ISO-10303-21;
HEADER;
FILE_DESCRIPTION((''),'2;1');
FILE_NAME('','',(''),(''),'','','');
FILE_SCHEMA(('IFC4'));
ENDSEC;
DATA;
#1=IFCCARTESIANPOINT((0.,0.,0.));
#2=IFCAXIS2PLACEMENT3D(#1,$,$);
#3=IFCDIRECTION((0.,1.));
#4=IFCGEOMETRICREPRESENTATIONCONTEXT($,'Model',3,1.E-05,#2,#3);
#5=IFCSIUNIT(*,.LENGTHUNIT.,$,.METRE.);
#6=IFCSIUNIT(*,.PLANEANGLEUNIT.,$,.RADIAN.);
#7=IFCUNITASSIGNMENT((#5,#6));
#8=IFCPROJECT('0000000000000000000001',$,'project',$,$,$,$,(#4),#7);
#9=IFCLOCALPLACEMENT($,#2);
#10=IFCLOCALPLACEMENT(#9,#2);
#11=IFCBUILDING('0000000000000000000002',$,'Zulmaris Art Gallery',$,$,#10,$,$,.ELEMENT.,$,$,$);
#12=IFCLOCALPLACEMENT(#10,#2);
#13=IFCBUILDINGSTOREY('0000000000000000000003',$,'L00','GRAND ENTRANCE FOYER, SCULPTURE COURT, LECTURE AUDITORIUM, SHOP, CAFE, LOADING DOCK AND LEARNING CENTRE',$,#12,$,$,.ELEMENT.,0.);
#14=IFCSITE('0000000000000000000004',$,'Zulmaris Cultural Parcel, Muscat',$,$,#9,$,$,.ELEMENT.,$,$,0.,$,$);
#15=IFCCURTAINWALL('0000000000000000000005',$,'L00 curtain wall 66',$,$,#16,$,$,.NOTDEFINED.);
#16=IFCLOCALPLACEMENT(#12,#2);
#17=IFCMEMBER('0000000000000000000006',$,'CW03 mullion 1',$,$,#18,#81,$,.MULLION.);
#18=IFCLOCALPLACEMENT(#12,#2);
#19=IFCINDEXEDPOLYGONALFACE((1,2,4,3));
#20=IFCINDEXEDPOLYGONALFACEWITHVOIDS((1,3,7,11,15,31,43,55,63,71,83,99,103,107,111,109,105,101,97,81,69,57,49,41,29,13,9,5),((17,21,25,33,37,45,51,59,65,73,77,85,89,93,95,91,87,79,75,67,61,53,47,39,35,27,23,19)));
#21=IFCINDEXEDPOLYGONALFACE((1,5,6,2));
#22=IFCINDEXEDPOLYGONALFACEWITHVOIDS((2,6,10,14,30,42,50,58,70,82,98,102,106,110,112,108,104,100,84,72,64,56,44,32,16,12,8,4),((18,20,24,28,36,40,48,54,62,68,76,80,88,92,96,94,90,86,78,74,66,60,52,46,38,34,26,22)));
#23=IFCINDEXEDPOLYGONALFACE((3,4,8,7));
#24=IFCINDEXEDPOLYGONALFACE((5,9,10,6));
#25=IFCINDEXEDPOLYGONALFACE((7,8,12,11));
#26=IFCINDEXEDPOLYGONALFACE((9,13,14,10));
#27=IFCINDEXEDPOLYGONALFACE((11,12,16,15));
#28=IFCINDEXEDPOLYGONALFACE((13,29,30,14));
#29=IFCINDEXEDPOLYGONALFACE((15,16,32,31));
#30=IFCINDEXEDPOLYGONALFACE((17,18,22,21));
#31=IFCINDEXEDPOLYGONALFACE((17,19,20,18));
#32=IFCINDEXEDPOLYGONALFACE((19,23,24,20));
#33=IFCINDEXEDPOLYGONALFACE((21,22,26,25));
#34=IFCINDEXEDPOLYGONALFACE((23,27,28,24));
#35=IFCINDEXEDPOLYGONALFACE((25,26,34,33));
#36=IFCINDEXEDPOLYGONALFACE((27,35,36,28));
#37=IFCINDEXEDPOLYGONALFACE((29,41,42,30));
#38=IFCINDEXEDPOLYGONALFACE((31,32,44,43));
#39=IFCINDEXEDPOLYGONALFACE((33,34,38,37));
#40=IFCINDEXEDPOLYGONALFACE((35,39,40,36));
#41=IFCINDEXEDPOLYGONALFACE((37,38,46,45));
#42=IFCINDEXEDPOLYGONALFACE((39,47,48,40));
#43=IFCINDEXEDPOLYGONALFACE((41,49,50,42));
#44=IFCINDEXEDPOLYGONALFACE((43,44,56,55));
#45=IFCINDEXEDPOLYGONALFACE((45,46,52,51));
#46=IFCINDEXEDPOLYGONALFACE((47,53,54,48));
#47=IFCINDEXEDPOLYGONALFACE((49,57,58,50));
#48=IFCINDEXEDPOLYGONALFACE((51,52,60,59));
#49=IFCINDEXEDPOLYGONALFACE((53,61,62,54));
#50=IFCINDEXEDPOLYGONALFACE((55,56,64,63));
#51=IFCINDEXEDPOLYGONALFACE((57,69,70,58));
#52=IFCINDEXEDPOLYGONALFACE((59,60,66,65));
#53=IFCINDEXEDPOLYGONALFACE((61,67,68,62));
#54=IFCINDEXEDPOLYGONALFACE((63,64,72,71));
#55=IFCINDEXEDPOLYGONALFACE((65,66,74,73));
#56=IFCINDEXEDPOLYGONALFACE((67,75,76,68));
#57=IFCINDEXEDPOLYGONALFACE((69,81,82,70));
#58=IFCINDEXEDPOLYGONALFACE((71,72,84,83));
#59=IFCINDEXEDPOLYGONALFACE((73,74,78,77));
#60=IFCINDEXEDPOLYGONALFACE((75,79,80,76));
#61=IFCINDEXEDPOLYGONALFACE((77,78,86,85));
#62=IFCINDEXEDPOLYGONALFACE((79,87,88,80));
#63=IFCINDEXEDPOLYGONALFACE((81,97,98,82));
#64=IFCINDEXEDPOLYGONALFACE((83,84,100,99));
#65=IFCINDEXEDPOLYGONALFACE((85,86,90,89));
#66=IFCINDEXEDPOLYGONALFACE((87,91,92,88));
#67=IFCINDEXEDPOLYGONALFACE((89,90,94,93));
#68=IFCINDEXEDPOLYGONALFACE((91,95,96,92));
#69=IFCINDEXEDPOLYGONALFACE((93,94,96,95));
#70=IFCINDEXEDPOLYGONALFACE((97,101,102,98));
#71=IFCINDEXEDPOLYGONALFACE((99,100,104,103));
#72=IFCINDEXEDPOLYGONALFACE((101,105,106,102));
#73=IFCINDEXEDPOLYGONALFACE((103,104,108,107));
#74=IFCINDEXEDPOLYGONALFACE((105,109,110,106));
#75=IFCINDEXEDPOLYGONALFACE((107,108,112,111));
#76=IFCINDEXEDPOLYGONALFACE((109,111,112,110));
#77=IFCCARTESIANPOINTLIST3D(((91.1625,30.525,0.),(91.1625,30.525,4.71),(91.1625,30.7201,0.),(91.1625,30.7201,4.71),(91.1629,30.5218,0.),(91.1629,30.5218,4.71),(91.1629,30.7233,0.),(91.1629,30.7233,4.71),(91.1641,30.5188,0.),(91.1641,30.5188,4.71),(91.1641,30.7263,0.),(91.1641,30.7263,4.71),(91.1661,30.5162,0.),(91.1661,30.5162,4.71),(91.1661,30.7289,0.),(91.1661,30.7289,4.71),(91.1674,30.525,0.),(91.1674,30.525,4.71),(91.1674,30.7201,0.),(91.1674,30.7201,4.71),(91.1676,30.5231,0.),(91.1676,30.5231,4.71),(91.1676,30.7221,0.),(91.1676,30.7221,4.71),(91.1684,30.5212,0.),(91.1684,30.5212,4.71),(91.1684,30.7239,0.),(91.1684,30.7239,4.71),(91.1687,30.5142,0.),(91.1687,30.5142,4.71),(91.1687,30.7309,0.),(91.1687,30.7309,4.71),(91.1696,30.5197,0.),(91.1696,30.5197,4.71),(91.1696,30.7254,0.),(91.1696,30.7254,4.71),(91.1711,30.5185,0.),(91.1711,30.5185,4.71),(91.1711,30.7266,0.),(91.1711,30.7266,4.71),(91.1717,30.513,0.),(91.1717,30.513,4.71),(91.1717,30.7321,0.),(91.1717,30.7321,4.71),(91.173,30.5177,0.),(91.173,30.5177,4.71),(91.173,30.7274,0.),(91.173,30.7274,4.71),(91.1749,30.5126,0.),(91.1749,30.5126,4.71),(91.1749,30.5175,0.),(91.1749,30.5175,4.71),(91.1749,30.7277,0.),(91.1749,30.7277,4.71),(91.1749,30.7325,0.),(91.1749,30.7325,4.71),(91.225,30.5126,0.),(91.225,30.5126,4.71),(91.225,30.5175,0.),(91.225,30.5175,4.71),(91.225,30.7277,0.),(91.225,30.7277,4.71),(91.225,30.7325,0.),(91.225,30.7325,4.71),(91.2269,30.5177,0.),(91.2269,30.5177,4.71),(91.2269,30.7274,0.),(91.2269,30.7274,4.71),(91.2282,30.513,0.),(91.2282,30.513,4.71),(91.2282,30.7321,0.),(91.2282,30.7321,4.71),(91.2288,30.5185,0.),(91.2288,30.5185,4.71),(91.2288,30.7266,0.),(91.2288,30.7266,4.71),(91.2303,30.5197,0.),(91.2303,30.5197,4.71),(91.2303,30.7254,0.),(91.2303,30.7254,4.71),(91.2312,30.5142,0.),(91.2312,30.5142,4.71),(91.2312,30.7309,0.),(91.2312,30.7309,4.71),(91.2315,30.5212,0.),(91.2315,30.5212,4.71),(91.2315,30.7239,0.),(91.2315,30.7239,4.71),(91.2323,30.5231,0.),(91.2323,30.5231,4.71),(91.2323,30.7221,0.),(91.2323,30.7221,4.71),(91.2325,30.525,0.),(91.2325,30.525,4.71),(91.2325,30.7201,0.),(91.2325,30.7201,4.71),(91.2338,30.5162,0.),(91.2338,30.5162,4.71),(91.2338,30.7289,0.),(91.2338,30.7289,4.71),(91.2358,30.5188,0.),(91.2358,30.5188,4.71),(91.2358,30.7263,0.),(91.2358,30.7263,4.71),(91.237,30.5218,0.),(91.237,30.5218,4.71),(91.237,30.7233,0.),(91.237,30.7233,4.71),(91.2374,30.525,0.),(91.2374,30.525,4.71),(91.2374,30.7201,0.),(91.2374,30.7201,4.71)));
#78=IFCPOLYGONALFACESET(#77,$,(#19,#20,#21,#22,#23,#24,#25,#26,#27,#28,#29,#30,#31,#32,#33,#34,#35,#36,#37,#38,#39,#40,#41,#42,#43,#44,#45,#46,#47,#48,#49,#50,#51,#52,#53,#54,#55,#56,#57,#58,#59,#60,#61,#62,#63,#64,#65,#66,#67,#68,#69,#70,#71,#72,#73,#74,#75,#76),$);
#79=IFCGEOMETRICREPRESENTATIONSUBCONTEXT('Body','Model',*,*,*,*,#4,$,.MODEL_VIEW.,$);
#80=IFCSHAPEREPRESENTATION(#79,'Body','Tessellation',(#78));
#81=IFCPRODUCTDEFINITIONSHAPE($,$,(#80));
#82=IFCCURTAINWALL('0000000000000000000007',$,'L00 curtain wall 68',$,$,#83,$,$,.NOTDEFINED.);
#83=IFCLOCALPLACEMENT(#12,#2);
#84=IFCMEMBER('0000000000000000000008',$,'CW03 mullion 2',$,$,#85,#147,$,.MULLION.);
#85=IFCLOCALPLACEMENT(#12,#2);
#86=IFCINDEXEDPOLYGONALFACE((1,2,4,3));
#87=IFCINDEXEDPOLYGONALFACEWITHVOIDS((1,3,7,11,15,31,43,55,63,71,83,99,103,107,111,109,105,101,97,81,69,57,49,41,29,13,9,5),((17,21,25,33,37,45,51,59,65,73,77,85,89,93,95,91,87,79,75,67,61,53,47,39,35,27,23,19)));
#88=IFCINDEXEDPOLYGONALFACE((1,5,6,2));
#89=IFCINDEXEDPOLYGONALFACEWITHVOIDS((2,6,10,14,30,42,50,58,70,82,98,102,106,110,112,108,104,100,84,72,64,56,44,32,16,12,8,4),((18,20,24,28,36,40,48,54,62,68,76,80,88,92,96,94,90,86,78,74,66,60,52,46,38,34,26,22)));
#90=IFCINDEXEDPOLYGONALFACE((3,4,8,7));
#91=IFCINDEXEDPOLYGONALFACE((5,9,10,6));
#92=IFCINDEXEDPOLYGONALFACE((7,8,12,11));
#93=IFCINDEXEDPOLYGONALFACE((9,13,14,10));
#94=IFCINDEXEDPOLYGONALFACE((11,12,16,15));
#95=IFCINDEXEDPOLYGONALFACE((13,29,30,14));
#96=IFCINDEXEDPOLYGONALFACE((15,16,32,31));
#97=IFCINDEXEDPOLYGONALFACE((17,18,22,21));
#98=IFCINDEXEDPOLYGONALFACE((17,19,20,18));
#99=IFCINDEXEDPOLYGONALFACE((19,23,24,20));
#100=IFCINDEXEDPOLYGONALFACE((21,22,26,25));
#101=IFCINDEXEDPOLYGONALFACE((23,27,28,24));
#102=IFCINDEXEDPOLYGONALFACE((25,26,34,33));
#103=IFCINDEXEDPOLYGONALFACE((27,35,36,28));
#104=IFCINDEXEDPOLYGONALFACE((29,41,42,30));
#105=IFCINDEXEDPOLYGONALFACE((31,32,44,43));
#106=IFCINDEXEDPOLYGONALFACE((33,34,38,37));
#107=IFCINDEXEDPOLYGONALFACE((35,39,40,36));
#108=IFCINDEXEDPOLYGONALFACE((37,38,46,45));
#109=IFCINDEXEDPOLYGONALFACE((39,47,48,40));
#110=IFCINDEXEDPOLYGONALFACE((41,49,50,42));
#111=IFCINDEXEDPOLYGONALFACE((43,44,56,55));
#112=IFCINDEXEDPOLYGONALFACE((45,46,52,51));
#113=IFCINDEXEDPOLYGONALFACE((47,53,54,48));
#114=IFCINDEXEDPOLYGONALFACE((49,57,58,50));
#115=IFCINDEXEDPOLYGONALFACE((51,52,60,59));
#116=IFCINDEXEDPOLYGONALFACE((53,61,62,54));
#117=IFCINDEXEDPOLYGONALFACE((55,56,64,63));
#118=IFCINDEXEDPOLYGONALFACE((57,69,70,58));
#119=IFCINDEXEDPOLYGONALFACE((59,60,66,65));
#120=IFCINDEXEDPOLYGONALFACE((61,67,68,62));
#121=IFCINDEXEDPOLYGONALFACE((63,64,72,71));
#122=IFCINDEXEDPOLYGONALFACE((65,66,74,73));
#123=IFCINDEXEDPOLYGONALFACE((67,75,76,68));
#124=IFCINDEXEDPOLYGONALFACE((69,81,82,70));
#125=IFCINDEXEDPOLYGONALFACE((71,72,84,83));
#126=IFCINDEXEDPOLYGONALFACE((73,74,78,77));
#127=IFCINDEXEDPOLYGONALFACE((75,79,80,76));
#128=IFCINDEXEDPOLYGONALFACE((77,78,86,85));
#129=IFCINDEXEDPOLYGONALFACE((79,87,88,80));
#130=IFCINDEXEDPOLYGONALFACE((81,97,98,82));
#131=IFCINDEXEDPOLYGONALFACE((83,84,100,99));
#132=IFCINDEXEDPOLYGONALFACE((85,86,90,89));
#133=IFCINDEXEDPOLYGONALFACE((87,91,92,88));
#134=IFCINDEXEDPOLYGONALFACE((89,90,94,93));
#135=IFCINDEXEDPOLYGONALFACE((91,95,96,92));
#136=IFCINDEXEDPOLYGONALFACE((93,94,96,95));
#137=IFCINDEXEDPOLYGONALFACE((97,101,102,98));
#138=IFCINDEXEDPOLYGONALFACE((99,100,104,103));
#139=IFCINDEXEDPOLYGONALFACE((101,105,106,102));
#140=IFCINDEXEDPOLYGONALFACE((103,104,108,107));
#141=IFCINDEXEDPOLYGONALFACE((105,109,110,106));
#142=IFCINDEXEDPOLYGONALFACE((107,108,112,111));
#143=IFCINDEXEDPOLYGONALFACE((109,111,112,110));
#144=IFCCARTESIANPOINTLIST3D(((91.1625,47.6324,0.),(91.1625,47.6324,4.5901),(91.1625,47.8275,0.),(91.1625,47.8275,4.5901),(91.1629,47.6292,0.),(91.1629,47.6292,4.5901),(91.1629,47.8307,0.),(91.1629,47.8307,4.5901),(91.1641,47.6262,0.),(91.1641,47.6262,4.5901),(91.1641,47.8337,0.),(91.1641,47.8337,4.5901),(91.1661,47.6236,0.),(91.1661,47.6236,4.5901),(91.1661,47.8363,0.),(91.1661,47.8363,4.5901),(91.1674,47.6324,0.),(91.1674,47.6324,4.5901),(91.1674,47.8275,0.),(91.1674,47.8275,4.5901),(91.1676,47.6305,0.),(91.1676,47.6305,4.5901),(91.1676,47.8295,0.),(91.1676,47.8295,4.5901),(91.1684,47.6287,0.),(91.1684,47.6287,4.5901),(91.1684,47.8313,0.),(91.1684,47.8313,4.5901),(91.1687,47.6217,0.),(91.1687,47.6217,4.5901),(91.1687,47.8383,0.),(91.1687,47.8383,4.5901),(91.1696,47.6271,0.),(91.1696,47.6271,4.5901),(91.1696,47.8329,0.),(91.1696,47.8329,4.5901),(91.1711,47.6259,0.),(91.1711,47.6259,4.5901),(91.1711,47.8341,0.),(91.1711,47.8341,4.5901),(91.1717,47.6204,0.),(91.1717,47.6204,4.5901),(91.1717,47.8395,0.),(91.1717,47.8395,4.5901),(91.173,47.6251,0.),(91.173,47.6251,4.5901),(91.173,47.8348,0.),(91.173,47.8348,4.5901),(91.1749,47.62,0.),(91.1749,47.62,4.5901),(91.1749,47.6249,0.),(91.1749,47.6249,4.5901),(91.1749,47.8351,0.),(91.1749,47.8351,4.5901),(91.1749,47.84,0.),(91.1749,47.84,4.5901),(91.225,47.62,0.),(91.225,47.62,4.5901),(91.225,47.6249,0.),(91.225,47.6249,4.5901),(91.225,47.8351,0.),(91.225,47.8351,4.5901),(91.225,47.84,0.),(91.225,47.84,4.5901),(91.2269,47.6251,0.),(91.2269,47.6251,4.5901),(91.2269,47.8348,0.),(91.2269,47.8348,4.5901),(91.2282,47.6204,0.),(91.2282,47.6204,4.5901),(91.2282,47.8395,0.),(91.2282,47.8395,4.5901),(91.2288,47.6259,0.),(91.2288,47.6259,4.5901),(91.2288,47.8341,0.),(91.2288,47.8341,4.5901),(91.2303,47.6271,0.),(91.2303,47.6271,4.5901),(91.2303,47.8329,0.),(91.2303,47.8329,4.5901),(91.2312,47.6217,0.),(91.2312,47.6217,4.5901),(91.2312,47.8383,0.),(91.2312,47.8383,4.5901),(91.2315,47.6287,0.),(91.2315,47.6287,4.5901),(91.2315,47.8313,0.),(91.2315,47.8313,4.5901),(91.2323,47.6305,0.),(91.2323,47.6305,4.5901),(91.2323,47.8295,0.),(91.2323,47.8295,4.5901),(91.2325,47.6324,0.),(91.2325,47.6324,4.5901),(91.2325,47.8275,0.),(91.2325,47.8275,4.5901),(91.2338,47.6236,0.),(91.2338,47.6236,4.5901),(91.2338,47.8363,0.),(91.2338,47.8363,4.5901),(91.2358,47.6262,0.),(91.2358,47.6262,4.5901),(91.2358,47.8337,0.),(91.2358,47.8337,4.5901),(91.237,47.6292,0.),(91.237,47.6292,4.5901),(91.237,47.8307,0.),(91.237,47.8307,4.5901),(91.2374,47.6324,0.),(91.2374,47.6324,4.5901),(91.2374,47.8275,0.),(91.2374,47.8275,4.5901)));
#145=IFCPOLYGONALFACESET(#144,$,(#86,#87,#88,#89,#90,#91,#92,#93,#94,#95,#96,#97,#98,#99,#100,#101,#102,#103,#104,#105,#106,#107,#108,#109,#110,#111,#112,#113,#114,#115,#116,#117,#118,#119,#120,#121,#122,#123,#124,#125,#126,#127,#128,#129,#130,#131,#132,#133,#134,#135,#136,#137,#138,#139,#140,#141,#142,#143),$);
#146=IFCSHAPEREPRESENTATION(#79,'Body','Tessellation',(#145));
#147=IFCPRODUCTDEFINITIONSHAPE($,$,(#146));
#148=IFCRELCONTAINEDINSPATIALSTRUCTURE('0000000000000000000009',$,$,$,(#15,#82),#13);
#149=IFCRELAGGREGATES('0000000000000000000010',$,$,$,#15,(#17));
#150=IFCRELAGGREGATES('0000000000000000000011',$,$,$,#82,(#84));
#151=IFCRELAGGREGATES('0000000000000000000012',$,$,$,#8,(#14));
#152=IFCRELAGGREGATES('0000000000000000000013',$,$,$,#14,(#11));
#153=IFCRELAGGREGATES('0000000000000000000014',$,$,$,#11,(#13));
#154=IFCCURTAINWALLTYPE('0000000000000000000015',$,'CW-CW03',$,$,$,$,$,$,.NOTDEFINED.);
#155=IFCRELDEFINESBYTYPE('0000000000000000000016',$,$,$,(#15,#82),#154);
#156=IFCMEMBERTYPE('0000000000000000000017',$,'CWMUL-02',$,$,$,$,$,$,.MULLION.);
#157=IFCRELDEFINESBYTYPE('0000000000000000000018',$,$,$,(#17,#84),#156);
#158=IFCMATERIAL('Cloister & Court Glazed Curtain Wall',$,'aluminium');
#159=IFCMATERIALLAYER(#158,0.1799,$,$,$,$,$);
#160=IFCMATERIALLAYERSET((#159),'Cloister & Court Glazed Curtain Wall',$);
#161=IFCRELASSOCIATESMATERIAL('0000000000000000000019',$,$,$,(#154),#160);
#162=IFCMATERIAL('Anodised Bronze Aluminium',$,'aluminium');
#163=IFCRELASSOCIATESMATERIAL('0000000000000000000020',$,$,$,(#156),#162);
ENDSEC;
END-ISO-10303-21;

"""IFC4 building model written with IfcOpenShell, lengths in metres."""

from ifc_helpers import new_model, si_unit, direction, frame, origin, origin_2d, place, context, subcontext, project, spatial, hollow_rectangle, extrude, material, layer, layer_set, material_profile, profile_set, type_object, element, aggregate, save


model = new_model("IFC4")

# Units and contexts
model_context = context("Model", 3, precision=1e-05, world=origin(), true_north=direction((0.0, 1.0)))
body_context = subcontext(model_context, "Body", "Model", "MODEL_VIEW")
ifc_project = project(units=[si_unit("LENGTHUNIT", "METRE"), si_unit("PLANEANGLEUNIT", "RADIAN")], contexts=[model_context])

# Site, building, storey
site_placement = place(None, origin())
site = spatial("IfcSite", under=ifc_project, at=site_placement, Name="Zulmaris Cultural Parcel, Muscat", CompositionType="ELEMENT", RefElevation=0.0)
building_placement = place(site_placement, origin())
building = spatial("IfcBuilding", under=site, at=building_placement, Name="Zulmaris Art Gallery", CompositionType="ELEMENT")
storey_placement = place(building_placement, origin())
storey = spatial("IfcBuildingStorey", under=building, at=storey_placement, Name="L00", Description="GRAND ENTRANCE FOYER, SCULPTURE COURT, LECTURE AUDITORIUM, SHOP, CAFE, LOADING DOCK AND LEARNING CENTRE", CompositionType="ELEMENT", Elevation=0.0)

# Curtain wall, member
ifc_material_1 = material(Name="Cloister & Court Glazed Curtain Wall", Category="aluminium")
ifc_layer_1 = layer(ifc_material_1, 0.1799)
ifc_layer_set_1 = layer_set([ifc_layer_1], Name="Cloister & Court Glazed Curtain Wall")
curtain_wall_type = type_object("IfcCurtainWallType", Name="CW-CW03", PredefinedType="NOTDEFINED", material=ifc_layer_set_1)
curtain_wall_1_placement = place(storey_placement, origin())
curtain_wall_1 = element("IfcCurtainWall", 1, at=curtain_wall_1_placement, inside=storey, type_object=curtain_wall_type, Name="L00 curtain wall 66", PredefinedType="NOTDEFINED")
ifc_material_2 = material(Name="Anodised Bronze Aluminium", Category="aluminium")
ifc_material_profile_1 = material_profile(ifc_material_2, hollow_rectangle(XDim=0.075, YDim=0.22, WallThickness=0.0049, InnerFilletRadius=0.0076, OuterFilletRadius=0.0125, at=origin_2d()), Name="ALU 75x220x5")
ifc_profile_set_1 = profile_set([ifc_material_profile_1], Name="Anodised Bronze Aluminium")
member_type_1 = type_object("IfcMemberType", Name="CWMUL-02", PredefinedType="MULLION", material=ifc_profile_set_1)
member_1_placement = place(storey_placement, frame((91.2, 30.6226, 0.0), z_axis=(0.0, 0.0, 1.0), x_axis=(1.0, 0.0, 0.0)))
member_1 = element("IfcMember", 2, at=member_1_placement, type_object=member_type_1, Name="CW03 mullion 1", PredefinedType="MULLION", context=body_context, shape_type="SweptSolid", body=[
    extrude(hollow_rectangle(XDim=0.075, YDim=0.22, WallThickness=0.0049, InnerFilletRadius=0.0076, OuterFilletRadius=0.0125, at=origin_2d()), origin(), (0.0, 0.0, 1.0), 4.71),
])

# Curtain wall, member
curtain_wall_2_placement = place(storey_placement, origin())
curtain_wall_2 = element("IfcCurtainWall", 3, at=curtain_wall_2_placement, inside=storey, type_object=curtain_wall_type, Name="L00 curtain wall 68", PredefinedType="NOTDEFINED")
member_2_placement = place(storey_placement, frame((91.2, 47.73, 0.0), z_axis=(0.0, 0.0, 1.0), x_axis=(1.0, 0.0, 0.0)))
member_2 = element("IfcMember", 4, at=member_2_placement, type_object=member_type_1, Name="CW03 mullion 2", PredefinedType="MULLION", context=body_context, shape_type="SweptSolid", body=[
    extrude(hollow_rectangle(XDim=0.075, YDim=0.22, WallThickness=0.0049, InnerFilletRadius=0.0076, OuterFilletRadius=0.0125, at=origin_2d()), origin(), (0.0, 0.0, 1.0), 4.5901),
])

aggregate(curtain_wall_1, [member_1])

aggregate(curtain_wall_2, [member_2])

save(model, "model.ifc")
